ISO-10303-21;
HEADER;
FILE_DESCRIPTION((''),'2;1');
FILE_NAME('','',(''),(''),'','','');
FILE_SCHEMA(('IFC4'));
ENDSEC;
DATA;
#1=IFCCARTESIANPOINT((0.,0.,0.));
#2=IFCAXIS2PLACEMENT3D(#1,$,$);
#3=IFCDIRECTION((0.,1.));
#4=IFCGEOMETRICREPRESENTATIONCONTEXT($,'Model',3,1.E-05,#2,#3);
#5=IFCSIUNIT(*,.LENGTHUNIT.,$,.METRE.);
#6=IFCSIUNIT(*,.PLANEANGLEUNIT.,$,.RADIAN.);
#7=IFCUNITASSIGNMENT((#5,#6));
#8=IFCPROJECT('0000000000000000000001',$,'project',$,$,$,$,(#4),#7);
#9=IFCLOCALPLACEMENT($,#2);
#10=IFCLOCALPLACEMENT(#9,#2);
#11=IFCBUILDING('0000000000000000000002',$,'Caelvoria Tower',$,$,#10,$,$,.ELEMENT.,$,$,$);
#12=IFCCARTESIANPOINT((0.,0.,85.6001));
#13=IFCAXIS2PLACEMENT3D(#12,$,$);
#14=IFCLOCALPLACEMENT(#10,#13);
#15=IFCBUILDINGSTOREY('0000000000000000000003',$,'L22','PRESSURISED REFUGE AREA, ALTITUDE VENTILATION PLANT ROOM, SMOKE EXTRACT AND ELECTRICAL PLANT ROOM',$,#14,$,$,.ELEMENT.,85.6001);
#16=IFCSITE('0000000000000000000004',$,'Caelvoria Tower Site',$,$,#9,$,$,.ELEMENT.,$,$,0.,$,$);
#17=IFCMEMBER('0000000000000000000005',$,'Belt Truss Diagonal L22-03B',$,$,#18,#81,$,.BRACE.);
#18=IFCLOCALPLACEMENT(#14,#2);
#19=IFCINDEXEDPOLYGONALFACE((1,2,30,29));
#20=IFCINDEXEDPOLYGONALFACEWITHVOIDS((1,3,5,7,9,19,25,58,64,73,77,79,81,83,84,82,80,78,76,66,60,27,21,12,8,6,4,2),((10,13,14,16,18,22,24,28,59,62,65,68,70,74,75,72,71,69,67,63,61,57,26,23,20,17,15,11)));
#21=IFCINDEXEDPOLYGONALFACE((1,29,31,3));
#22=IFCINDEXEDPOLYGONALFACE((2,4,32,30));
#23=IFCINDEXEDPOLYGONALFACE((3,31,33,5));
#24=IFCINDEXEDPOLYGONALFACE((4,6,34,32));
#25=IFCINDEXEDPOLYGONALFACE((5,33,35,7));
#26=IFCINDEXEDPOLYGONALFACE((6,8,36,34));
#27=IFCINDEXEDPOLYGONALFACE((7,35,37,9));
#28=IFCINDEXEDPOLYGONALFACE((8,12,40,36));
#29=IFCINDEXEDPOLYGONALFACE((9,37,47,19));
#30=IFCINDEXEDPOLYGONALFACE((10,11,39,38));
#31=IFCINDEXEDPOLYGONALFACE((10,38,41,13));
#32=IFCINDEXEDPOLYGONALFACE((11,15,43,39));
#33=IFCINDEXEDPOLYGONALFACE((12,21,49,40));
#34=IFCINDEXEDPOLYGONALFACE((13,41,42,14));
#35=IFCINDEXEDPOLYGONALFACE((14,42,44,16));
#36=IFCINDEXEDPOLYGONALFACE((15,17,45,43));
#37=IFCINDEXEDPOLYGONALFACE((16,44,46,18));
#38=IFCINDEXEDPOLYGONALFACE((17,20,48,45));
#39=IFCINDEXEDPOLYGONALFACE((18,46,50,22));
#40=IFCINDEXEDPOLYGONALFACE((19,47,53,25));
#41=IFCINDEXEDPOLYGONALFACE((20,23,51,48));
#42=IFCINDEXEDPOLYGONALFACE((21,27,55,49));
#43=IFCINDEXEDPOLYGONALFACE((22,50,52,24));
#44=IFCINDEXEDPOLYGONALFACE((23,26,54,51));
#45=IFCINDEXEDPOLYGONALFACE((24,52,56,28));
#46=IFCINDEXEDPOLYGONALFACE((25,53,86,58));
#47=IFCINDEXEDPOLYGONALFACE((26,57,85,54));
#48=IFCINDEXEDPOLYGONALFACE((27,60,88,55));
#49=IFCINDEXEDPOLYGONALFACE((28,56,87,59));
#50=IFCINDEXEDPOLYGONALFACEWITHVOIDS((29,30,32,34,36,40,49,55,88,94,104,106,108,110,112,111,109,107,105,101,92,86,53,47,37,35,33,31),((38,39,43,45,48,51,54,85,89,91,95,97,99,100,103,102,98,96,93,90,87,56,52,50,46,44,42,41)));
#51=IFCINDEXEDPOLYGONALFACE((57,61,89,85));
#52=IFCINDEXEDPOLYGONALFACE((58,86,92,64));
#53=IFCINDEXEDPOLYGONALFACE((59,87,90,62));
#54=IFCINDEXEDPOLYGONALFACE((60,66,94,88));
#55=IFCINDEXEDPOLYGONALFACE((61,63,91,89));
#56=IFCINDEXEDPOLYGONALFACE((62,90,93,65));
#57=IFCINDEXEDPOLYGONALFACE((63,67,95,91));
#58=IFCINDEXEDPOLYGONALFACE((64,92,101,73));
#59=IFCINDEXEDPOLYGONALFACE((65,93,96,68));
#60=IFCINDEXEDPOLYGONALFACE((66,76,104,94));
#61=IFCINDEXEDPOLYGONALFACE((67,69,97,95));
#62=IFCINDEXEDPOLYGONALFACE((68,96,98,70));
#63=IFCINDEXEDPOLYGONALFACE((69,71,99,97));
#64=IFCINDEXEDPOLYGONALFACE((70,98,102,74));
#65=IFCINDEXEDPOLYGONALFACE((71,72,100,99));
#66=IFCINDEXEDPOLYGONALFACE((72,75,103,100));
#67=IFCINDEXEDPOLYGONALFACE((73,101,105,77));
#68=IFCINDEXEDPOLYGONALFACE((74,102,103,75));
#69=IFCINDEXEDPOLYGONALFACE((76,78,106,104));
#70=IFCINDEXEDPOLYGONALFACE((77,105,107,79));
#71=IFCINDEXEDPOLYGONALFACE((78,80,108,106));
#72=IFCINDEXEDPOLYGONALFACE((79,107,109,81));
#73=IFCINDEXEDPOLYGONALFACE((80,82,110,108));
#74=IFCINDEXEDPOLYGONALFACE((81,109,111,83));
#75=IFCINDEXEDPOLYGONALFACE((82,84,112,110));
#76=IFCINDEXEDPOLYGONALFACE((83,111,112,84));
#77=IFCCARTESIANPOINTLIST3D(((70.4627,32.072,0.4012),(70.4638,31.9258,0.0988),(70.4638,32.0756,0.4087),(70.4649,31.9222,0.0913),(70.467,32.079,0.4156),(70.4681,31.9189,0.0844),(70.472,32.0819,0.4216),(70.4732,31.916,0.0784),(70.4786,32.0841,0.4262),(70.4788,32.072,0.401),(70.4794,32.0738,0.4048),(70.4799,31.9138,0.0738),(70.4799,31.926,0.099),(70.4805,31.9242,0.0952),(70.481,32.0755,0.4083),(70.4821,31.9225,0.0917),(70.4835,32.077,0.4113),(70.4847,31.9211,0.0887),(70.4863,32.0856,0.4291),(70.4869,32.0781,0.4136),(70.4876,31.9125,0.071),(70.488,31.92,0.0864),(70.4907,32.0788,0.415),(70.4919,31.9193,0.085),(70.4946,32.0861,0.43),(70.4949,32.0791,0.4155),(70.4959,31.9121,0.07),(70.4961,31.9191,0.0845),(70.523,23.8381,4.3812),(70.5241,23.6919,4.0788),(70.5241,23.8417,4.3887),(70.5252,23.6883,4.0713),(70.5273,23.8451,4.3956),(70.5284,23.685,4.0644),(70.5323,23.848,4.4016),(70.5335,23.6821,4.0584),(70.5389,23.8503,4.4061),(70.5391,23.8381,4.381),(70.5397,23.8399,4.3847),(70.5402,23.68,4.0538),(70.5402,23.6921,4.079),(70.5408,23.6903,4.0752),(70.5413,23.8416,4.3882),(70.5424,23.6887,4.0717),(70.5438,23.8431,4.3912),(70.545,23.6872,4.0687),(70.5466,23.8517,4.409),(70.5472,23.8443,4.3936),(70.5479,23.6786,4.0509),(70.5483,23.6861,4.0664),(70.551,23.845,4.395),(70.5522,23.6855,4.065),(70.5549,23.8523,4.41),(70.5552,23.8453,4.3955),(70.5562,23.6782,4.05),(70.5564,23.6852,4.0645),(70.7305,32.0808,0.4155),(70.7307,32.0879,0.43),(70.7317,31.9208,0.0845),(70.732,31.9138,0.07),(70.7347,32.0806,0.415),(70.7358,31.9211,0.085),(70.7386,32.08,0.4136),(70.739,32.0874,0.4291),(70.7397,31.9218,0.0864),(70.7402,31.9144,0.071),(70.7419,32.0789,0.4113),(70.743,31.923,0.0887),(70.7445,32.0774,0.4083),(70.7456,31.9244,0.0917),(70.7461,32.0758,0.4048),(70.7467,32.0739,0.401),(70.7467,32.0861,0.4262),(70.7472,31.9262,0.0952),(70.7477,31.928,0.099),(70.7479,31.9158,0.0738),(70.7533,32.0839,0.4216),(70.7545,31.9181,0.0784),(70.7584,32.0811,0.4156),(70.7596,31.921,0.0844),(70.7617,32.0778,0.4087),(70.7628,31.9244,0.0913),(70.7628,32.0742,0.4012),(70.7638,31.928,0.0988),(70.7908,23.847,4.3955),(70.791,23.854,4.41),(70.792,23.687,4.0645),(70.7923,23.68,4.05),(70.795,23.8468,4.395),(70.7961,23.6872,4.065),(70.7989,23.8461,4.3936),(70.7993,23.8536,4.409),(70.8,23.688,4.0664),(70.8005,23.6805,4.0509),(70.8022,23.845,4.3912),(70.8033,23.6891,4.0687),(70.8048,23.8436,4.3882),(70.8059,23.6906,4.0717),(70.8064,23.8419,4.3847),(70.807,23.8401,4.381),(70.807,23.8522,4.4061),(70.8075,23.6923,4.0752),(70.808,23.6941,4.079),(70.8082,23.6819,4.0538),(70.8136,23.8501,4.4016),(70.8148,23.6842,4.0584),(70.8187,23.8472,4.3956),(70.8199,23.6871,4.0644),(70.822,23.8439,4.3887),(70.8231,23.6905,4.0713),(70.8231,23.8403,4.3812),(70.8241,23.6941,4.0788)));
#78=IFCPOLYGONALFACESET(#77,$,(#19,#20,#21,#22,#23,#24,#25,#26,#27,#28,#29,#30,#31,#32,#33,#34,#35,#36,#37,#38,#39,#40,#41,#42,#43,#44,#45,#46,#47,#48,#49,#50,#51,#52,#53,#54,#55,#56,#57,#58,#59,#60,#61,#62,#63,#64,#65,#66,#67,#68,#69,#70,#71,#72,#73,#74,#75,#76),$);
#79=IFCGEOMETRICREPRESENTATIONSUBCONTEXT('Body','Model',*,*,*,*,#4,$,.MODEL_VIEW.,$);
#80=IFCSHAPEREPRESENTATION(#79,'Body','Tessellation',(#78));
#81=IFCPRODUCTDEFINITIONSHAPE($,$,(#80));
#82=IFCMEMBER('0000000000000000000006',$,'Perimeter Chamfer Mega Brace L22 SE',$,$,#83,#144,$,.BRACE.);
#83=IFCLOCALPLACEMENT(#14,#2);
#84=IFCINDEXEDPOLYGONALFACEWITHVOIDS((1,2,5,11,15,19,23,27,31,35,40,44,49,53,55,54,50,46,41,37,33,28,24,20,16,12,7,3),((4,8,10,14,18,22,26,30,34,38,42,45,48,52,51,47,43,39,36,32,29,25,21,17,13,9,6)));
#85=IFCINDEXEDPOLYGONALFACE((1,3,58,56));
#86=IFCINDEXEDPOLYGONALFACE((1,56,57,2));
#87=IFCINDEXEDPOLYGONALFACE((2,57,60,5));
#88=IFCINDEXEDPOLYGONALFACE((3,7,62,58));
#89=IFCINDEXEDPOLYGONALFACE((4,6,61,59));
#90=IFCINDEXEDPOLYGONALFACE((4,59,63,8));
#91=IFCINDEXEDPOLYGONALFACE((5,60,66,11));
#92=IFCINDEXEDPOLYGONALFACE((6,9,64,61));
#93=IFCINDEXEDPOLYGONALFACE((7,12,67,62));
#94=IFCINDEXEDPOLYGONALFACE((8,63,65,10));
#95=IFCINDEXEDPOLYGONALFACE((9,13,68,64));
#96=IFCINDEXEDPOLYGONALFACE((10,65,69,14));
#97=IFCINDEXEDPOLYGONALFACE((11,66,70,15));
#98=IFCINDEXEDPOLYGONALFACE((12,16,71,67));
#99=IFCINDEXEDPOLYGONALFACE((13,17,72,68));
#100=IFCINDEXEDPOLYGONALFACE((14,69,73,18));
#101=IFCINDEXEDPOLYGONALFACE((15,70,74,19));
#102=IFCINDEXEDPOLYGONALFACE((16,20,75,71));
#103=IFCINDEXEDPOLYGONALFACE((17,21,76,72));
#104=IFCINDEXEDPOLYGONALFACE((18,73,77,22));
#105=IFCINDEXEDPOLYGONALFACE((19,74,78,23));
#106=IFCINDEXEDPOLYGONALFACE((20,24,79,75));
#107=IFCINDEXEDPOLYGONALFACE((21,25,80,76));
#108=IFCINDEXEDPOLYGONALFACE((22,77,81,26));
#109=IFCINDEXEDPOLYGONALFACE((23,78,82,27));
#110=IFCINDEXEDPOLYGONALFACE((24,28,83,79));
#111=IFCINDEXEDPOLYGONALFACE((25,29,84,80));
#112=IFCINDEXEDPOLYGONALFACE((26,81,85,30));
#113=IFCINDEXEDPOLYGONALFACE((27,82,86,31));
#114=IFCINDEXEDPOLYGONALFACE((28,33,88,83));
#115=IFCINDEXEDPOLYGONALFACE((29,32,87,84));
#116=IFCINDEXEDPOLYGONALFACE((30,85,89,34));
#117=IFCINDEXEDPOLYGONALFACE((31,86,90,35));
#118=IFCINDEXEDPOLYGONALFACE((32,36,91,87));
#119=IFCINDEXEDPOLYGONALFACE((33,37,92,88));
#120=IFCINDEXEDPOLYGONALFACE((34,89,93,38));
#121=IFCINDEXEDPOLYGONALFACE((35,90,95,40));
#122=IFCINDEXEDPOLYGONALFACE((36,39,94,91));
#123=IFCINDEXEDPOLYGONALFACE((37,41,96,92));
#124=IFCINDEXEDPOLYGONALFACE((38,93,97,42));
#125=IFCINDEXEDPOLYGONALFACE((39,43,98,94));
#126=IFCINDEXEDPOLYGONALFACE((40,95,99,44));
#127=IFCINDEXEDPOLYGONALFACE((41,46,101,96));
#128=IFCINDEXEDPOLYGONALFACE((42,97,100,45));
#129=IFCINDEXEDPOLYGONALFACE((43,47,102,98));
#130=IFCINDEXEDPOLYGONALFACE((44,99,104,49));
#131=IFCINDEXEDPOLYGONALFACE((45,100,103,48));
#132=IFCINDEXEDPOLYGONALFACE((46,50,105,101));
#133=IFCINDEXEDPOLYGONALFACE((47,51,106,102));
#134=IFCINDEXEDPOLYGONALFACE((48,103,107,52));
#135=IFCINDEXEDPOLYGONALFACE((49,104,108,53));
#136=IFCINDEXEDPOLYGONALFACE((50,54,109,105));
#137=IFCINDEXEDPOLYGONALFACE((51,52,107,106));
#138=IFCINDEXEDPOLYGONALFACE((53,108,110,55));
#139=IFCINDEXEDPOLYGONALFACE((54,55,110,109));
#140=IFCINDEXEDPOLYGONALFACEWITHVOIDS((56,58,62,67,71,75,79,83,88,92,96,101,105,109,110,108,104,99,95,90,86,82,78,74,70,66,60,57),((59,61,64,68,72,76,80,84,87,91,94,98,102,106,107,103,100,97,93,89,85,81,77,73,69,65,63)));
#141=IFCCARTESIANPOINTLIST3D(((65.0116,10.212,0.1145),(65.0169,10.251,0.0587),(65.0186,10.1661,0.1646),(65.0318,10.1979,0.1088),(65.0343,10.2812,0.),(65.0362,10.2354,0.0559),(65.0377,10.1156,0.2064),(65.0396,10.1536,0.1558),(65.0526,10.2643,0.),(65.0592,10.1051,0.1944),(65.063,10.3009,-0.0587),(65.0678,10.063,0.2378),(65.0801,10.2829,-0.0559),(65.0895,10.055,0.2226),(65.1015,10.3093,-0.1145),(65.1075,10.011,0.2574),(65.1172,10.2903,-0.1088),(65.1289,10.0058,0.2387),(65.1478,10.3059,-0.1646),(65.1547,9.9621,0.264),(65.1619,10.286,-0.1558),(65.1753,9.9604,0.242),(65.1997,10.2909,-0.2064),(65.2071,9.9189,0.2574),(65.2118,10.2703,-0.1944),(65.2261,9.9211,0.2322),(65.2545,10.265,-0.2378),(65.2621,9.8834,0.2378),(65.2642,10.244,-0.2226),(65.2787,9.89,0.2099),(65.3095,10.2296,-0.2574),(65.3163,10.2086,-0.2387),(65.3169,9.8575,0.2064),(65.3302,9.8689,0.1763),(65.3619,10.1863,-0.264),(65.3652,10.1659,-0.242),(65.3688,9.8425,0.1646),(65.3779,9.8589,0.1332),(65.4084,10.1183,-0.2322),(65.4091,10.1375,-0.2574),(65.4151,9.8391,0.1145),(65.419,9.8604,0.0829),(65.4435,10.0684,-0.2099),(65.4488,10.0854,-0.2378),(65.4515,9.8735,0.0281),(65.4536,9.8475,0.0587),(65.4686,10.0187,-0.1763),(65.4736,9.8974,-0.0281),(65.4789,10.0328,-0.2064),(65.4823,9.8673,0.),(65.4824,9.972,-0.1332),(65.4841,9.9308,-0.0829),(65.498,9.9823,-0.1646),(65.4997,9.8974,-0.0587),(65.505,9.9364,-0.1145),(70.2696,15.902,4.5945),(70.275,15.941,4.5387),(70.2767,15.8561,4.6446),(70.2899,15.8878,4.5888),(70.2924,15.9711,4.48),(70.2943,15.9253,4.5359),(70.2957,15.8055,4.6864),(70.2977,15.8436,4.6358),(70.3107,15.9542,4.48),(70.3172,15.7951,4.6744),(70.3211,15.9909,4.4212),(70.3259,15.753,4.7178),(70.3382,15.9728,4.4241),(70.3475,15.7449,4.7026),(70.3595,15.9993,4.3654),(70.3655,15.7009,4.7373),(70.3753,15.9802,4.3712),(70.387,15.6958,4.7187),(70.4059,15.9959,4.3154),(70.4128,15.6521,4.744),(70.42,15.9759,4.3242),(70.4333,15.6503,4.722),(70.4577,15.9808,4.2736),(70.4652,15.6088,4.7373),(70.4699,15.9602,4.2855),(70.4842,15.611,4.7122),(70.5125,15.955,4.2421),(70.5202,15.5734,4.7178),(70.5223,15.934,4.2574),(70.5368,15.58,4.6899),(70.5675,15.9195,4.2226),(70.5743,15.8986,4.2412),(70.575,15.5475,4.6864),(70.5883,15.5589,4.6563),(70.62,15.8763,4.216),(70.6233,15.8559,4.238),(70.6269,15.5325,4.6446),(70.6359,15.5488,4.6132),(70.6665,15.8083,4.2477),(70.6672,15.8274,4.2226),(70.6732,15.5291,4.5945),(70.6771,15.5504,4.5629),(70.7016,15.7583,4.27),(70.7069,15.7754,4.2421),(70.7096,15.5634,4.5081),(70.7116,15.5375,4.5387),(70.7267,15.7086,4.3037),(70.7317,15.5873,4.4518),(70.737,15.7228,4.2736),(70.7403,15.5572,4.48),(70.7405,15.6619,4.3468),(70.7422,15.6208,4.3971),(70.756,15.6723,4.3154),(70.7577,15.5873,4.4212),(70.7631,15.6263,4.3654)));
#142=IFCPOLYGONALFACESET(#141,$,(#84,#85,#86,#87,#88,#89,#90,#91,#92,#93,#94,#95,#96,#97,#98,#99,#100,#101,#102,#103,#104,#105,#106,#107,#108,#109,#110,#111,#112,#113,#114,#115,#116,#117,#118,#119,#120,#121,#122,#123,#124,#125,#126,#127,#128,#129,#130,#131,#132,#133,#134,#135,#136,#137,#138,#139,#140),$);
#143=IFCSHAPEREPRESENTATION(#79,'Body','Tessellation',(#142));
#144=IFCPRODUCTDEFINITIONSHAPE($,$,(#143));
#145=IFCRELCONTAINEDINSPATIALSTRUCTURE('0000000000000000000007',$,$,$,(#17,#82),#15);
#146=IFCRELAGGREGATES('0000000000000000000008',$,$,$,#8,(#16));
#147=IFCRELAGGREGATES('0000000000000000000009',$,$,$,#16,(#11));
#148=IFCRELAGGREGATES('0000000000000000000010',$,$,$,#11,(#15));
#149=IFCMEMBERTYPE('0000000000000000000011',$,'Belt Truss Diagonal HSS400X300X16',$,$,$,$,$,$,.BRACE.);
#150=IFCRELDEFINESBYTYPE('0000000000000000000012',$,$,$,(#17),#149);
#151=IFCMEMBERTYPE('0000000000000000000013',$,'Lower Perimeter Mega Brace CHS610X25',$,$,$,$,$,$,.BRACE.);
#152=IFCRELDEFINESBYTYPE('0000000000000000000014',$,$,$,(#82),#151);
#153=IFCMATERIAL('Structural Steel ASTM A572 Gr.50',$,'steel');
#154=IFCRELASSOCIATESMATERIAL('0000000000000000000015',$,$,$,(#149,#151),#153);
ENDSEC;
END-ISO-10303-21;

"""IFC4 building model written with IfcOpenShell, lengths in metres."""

from ifc_helpers import new_model, si_unit, direction, frame, origin, origin_2d, place, context, subcontext, project, spatial, hollow_rectangle, hollow_circle, extrude, material, material_profile, profile_set, type_object, element, save


model = new_model("IFC4")

# Units and contexts
model_context = context("Model", 3, precision=1e-05, world=origin(), true_north=direction((0.0, 1.0)))
body_context = subcontext(model_context, "Body", "Model", "MODEL_VIEW")
ifc_project = project(units=[si_unit("LENGTHUNIT", "METRE"), si_unit("PLANEANGLEUNIT", "RADIAN")], contexts=[model_context])

# Site, building, storey
site_placement = place(None, origin())
site = spatial("IfcSite", under=ifc_project, at=site_placement, Name="Caelvoria Tower Site", CompositionType="ELEMENT", RefElevation=0.0)
building_placement = place(site_placement, origin())
building = spatial("IfcBuilding", under=site, at=building_placement, Name="Caelvoria Tower", CompositionType="ELEMENT")
storey_placement = place(building_placement, frame((0.0, 0.0, 85.6001)))
storey = spatial("IfcBuildingStorey", under=building, at=storey_placement, Name="L22", Description="PRESSURISED REFUGE AREA, ALTITUDE VENTILATION PLANT ROOM, SMOKE EXTRACT AND ELECTRICAL PLANT ROOM", CompositionType="ELEMENT", Elevation=85.6001)

# Shared definitions
ifc_material_1 = material(Name="Structural Steel ASTM A572 Gr.50", Category="steel")

# Members
ifc_material_profile_1 = material_profile(ifc_material_1, hollow_rectangle(XDim=0.3, YDim=0.3999, WallThickness=0.0161, InnerFilletRadius=0.0161, OuterFilletRadius=0.032, at=origin_2d()), Name="Structural Steel ASTM A572 Gr.50")
ifc_profile_set_1 = profile_set([ifc_material_profile_1], Name="HSS400X300X16 - Structural Steel ASTM A572 Gr.50")
member_type_1 = type_object("IfcMemberType", Name="Belt Truss Diagonal HSS400X300X16", PredefinedType="BRACE", material=ifc_profile_set_1)
for number, where, z_axis, x_axis, name in (
    (1, (70.6736, 23.7661, 4.23), (-0.006594, 0.900318, -0.435183), (-0.999973, -0.007324, 0.0), "Belt Truss Diagonal L22-03B"),
):
    element("IfcMember", number, at=place(storey_placement, frame(where, z_axis=z_axis, x_axis=x_axis)), inside=storey, type_object=member_type_1, Name=name, PredefinedType="BRACE", context=body_context, shape_type="SweptSolid", body=[
        extrude(hollow_rectangle(XDim=0.3, YDim=0.3999, WallThickness=0.0161, InnerFilletRadius=0.0161, OuterFilletRadius=0.032, at=origin_2d()), origin(), (0.0, 0.0, 1.0), 9.1455),
    ])
ifc_material_profile_2 = material_profile(ifc_material_1, hollow_circle(Radius=0.3049, WallThickness=0.0249, at=origin_2d()), Name="Structural Steel ASTM A572 Gr.50")
ifc_profile_set_2 = profile_set([ifc_material_profile_2], Name="CHS610X25 - Structural Steel ASTM A572 Gr.50")
member_type_2 = type_object("IfcMemberType", Name="Lower Perimeter Mega Brace CHS610X25", PredefinedType="BRACE", material=ifc_profile_set_2)
member_1_placement = place(storey_placement, frame((65.2583, 10.0742, 0.0), z_axis=(0.587528, 0.635786, 0.500587), x_axis=(-0.73443, 0.678684, 0.0)))
element("IfcMember", 2, at=member_1_placement, inside=storey, type_object=member_type_2, Name="Perimeter Chamfer Mega Brace L22 SE", PredefinedType="BRACE", context=body_context, shape_type="SweptSolid", body=[
    extrude(hollow_circle(Radius=0.3049, WallThickness=0.0249, at=origin_2d()), origin(), (0.0, 0.0, 1.0), 8.9495),
])

save(model, "model.ifc")
